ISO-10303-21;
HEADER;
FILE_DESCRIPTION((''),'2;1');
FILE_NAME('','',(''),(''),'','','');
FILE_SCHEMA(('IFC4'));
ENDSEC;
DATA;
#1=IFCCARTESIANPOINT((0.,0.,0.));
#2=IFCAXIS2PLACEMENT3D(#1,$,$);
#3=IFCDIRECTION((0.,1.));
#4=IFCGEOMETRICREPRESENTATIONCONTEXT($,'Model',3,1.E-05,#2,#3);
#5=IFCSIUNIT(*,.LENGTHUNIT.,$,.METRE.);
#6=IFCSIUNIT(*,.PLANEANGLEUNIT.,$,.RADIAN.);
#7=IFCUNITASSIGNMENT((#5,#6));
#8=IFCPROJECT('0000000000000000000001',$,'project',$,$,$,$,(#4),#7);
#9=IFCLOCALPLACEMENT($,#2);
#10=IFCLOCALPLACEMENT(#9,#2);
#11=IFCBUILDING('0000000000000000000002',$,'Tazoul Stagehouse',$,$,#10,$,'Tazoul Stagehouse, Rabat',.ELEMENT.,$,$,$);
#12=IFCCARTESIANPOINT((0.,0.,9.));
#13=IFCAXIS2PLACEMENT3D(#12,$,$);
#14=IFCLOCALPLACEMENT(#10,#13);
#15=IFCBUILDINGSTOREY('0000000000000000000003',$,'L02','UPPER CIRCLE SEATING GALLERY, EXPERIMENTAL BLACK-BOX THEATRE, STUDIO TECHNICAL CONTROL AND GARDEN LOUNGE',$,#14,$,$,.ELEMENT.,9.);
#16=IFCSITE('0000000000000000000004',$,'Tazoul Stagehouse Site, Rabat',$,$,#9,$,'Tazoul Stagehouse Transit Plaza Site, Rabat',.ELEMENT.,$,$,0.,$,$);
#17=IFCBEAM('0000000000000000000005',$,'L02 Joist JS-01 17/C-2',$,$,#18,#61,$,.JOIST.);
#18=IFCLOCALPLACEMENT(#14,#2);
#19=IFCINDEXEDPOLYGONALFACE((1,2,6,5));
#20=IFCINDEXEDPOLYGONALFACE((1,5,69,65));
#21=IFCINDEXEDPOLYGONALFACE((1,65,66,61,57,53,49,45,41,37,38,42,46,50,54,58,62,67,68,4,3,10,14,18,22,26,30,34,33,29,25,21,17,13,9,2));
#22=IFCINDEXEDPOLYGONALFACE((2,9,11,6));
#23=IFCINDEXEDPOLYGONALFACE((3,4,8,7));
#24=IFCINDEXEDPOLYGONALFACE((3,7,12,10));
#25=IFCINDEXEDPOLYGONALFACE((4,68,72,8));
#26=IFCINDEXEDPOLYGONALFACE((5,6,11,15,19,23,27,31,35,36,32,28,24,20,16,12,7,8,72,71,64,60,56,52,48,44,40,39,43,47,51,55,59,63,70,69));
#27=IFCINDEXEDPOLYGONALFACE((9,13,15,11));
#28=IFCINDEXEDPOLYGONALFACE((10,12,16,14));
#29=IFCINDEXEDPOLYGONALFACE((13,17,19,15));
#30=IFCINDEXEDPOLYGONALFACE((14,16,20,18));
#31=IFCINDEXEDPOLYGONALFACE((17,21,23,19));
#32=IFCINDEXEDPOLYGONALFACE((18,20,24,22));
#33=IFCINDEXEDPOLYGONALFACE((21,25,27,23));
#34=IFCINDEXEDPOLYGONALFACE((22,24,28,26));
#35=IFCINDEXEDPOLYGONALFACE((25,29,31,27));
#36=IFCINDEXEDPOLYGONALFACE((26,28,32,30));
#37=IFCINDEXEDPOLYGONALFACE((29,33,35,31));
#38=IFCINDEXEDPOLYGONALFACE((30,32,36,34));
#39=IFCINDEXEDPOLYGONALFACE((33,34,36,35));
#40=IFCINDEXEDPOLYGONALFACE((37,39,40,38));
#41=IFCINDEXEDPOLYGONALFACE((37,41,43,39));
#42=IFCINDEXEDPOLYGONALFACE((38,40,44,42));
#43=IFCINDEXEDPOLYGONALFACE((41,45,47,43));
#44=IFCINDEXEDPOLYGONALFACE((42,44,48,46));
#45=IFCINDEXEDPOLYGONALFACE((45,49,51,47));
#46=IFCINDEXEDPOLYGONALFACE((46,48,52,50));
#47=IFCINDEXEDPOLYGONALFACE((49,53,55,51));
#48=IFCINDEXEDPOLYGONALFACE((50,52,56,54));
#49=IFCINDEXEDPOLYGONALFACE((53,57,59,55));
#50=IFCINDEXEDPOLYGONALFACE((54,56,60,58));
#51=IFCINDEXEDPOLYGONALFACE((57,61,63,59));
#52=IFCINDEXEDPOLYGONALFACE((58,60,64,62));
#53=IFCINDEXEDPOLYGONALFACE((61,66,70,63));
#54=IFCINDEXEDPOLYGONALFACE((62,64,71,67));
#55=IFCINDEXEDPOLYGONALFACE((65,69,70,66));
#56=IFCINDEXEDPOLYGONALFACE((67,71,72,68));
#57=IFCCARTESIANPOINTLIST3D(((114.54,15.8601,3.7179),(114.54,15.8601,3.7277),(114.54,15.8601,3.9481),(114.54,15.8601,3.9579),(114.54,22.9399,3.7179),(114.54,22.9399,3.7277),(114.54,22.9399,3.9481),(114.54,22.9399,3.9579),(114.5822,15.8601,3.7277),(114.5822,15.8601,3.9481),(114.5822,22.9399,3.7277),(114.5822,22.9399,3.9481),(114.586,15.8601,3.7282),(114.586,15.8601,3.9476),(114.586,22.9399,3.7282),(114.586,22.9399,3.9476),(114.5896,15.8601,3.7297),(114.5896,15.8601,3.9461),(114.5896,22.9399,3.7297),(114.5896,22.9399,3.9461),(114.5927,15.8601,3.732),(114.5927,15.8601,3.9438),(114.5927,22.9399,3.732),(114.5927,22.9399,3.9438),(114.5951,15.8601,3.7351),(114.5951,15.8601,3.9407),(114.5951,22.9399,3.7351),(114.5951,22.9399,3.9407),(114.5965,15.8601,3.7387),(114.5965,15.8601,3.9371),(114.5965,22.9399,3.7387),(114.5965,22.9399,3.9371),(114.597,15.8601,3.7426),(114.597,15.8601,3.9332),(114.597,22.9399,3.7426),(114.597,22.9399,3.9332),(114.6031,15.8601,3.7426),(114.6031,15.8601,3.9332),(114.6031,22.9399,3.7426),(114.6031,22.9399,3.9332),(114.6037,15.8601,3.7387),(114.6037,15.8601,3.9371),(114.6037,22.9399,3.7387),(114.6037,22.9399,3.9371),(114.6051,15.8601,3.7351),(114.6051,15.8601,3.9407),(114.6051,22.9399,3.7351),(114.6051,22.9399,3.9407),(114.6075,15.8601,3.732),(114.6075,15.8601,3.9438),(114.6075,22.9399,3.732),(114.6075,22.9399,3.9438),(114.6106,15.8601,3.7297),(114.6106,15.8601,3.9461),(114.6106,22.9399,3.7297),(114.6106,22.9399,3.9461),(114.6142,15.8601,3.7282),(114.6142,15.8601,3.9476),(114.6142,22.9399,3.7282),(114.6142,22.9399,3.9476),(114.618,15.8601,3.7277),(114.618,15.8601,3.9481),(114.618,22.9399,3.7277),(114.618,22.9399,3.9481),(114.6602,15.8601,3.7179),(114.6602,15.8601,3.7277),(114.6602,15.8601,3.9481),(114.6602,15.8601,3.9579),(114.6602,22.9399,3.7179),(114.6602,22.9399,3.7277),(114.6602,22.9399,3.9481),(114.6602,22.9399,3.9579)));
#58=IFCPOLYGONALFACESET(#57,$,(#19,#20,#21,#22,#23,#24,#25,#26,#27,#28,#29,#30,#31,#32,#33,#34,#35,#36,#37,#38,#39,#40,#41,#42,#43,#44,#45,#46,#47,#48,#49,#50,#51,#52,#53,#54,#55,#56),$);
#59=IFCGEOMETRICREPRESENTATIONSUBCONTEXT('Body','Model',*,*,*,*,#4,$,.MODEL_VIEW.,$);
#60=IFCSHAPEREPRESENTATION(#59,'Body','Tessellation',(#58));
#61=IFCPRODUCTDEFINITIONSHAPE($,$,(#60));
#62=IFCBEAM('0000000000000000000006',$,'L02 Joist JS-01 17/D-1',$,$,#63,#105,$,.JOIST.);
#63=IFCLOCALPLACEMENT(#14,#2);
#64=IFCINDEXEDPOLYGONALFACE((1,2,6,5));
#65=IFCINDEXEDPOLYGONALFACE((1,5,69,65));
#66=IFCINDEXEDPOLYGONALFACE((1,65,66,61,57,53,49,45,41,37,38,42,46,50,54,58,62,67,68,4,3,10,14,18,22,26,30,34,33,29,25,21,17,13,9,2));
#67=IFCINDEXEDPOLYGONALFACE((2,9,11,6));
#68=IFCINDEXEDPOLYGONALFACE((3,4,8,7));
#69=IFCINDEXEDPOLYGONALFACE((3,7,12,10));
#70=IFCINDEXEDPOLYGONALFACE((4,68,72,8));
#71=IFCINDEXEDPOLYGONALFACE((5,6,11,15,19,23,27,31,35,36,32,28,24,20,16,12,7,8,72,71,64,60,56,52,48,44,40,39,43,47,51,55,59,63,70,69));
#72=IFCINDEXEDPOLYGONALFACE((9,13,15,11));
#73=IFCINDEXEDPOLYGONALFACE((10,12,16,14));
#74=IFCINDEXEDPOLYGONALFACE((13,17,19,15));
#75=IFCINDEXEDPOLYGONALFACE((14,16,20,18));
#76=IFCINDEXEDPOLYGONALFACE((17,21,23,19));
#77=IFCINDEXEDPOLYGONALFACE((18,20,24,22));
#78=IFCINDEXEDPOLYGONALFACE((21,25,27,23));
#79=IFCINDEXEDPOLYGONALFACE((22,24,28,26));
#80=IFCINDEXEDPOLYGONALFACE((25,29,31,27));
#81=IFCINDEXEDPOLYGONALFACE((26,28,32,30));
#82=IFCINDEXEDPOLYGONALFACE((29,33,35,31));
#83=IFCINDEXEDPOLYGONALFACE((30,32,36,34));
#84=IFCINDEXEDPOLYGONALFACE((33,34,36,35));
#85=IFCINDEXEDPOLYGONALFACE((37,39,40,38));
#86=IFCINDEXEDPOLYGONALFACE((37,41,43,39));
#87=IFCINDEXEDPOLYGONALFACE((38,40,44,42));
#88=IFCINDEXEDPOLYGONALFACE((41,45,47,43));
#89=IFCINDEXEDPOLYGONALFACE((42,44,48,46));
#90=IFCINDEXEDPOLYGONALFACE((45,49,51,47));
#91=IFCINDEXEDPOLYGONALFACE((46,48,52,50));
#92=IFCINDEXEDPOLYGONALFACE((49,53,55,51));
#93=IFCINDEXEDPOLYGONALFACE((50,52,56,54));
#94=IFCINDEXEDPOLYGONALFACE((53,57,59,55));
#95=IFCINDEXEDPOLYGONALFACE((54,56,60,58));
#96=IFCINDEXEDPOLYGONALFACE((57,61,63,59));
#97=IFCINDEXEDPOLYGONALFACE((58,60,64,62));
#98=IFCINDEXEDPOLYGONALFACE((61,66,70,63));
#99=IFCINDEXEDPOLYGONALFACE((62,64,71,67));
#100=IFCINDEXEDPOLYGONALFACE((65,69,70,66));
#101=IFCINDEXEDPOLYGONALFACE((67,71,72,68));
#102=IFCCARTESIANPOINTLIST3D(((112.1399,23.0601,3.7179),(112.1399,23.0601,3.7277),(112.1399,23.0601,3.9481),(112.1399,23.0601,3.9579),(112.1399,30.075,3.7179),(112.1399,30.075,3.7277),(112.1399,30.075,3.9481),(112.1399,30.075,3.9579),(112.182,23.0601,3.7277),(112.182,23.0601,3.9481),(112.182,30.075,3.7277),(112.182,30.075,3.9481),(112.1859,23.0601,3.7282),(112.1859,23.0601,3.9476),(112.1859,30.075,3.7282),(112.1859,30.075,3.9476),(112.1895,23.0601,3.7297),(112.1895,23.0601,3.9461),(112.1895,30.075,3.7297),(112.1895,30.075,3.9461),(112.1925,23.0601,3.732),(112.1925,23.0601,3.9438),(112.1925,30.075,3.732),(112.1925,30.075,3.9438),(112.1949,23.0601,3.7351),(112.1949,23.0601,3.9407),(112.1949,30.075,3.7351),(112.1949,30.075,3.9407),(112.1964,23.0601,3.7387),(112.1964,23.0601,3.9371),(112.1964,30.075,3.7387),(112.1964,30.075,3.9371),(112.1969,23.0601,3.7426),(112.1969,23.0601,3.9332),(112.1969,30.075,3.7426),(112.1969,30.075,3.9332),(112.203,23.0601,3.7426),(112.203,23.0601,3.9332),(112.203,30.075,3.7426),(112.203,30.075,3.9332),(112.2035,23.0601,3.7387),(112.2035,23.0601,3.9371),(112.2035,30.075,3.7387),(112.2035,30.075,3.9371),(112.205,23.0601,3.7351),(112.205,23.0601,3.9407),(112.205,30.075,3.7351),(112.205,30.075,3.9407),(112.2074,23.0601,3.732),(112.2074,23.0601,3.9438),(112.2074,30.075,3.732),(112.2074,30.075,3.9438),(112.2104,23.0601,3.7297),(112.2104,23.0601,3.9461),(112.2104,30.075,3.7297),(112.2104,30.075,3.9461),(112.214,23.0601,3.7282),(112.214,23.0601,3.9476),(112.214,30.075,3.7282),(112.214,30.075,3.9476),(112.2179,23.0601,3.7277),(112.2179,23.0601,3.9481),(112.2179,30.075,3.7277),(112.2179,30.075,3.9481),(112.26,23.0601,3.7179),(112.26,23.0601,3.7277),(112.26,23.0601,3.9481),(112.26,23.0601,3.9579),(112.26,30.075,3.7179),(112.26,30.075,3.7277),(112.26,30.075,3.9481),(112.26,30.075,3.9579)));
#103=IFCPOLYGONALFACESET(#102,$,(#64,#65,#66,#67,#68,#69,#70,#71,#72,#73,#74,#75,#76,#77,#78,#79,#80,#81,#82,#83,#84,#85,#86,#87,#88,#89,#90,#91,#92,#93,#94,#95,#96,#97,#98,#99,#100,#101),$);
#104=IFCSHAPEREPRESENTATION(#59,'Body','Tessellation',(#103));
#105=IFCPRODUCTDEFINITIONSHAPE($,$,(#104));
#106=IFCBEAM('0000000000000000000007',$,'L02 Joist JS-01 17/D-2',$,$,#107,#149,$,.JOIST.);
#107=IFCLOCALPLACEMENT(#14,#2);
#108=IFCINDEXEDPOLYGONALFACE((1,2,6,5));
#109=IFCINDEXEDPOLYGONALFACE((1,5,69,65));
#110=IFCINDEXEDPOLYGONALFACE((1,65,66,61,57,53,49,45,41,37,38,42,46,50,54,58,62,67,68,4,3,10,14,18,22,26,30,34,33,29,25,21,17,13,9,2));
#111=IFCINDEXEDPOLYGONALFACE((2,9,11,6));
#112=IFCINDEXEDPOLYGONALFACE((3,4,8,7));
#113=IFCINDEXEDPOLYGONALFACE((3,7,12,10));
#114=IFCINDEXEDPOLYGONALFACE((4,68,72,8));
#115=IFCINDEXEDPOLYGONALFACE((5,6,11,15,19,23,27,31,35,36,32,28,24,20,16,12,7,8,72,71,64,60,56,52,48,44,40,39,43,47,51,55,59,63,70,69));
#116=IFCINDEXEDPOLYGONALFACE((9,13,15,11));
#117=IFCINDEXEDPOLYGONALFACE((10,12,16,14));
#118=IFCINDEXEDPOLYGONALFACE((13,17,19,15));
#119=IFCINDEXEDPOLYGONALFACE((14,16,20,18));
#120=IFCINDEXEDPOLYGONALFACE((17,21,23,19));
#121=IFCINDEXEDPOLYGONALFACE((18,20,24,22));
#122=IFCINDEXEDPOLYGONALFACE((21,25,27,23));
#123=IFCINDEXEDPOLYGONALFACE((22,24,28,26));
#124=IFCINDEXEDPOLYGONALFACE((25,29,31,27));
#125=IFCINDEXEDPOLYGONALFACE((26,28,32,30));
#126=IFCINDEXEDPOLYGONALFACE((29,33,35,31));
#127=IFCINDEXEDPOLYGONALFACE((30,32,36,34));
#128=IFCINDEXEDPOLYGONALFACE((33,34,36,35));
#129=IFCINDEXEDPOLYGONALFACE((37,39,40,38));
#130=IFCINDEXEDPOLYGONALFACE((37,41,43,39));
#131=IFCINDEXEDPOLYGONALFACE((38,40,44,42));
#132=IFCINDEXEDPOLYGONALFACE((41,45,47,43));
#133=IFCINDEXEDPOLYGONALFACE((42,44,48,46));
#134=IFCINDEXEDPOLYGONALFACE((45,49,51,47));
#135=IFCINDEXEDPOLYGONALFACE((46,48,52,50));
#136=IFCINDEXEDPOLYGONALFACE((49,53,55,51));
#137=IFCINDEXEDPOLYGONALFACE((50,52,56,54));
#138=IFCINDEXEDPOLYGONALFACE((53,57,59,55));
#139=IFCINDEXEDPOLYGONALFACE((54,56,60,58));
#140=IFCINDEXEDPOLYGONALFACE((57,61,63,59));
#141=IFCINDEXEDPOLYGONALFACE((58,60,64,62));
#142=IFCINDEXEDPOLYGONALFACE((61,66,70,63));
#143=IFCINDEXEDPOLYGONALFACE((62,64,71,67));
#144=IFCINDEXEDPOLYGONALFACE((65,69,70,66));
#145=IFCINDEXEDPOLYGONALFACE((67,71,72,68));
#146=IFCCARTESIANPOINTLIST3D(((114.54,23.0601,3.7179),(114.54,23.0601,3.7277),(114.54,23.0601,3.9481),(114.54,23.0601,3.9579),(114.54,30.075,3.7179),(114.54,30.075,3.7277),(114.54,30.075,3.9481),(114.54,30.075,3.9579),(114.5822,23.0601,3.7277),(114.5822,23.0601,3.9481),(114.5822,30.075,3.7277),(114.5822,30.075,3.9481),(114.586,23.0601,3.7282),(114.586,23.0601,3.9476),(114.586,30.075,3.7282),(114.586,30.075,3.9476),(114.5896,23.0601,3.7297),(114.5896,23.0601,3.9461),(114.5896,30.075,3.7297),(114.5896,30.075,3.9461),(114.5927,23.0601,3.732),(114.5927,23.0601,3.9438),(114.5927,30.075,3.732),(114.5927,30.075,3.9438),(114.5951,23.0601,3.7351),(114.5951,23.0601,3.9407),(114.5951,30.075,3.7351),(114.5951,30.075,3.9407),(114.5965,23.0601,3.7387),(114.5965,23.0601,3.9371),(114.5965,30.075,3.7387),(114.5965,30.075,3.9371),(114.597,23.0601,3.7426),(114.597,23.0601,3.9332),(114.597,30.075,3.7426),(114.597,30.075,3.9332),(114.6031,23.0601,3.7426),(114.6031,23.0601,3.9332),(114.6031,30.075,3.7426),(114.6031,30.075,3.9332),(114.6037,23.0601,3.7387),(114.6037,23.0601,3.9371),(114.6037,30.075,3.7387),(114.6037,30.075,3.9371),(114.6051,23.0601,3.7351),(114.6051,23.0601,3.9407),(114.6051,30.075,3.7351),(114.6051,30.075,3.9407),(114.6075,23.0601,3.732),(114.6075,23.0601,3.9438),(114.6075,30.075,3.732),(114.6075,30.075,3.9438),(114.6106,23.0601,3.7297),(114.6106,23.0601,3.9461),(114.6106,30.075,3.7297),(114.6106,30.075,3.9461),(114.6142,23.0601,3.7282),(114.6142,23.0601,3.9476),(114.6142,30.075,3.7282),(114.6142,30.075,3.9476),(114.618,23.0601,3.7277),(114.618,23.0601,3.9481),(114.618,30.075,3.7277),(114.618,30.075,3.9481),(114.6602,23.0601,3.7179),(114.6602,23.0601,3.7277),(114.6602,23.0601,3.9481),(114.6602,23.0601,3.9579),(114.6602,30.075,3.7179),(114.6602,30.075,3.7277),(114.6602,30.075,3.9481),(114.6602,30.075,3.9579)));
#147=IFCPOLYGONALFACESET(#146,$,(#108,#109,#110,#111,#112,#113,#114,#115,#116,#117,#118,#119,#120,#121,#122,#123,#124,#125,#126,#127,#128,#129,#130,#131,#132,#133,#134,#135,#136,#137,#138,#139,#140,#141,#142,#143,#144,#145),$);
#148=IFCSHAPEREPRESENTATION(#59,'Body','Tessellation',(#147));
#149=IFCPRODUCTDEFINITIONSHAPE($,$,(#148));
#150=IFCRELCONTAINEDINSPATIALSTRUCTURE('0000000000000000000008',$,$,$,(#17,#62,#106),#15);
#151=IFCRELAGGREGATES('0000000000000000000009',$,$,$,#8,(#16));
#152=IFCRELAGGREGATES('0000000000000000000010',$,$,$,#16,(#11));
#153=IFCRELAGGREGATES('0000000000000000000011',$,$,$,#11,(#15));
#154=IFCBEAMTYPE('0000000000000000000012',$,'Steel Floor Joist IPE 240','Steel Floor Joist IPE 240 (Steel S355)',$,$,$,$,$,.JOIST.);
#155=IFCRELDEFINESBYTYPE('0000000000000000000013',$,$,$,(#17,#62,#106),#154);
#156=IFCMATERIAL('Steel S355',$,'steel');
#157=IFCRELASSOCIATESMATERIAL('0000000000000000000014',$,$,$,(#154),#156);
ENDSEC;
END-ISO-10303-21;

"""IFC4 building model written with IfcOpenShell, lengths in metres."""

from ifc_helpers import new_model, si_unit, direction, frame, origin, origin_2d, place, context, subcontext, project, spatial, i_section, extrude, material, material_profile, profile_set, type_object, element, save


model = new_model("IFC4")

# Units and contexts
model_context = context("Model", 3, precision=1e-05, world=origin(), true_north=direction((0.0, 1.0)))
body_context = subcontext(model_context, "Body", "Model", "MODEL_VIEW")
ifc_project = project(units=[si_unit("LENGTHUNIT", "METRE"), si_unit("PLANEANGLEUNIT", "RADIAN")], contexts=[model_context])

# Site, building, storey
site_placement = place(None, origin())
site = spatial("IfcSite", under=ifc_project, at=site_placement, Name="Tazoul Stagehouse Site, Rabat", LongName="Tazoul Stagehouse Transit Plaza Site, Rabat", CompositionType="ELEMENT", RefElevation=0.0)
building_placement = place(site_placement, origin())
building = spatial("IfcBuilding", under=site, at=building_placement, Name="Tazoul Stagehouse", LongName="Tazoul Stagehouse, Rabat", CompositionType="ELEMENT")
storey_placement = place(building_placement, frame((0.0, 0.0, 9.0)))
storey = spatial("IfcBuildingStorey", under=building, at=storey_placement, Name="L02", Description="UPPER CIRCLE SEATING GALLERY, EXPERIMENTAL BLACK-BOX THEATRE, STUDIO TECHNICAL CONTROL AND GARDEN LOUNGE", CompositionType="ELEMENT", Elevation=9.0)

# Beams
ifc_material_1 = material(Name="Steel S355", Category="steel")
ifc_material_profile_1 = material_profile(ifc_material_1, i_section(OverallWidth=0.1201, OverallDepth=0.24, WebThickness=0.0061, FlangeThickness=0.0098, FilletRadius=0.0149, at=origin_2d()), Name="IPE 240")
ifc_profile_set_1 = profile_set([ifc_material_profile_1], Name="Steel S355")
beam_type_1 = type_object("IfcBeamType", Name="Steel Floor Joist IPE 240", Description="Steel Floor Joist IPE 240 (Steel S355)", PredefinedType="JOIST", material=ifc_profile_set_1)
for number, where, z_axis, x_axis, name in (
    (1, (114.6001, 15.8601, 3.8379), (0.0, 1.0, 0.0), (-1.0, 0.0, 0.0), "L02 Joist JS-01 17/C-2"),
):
    element("IfcBeam", number, at=place(storey_placement, frame(where, z_axis=z_axis, x_axis=x_axis)), inside=storey, type_object=beam_type_1, Name=name, PredefinedType="JOIST", context=body_context, shape_type="SweptSolid", body=[
        extrude(i_section(OverallWidth=0.1201, OverallDepth=0.24, WebThickness=0.0061, FlangeThickness=0.0098, FilletRadius=0.0149, at=origin_2d()), origin(), (0.0, 0.0, 1.0), 7.0798),
    ])
for number, where, z_axis, x_axis, name in (
    (2, (112.2, 23.0601, 3.8379), (0.0, 1.0, 0.0), (-1.0, 0.0, 0.0), "L02 Joist JS-01 17/D-1"),
    (3, (114.6001, 23.0601, 3.8379), (0.0, 1.0, 0.0), (-1.0, 0.0, 0.0), "L02 Joist JS-01 17/D-2"),
):
    element("IfcBeam", number, at=place(storey_placement, frame(where, z_axis=z_axis, x_axis=x_axis)), inside=storey, type_object=beam_type_1, Name=name, PredefinedType="JOIST", context=body_context, shape_type="SweptSolid", body=[
        extrude(i_section(OverallWidth=0.1201, OverallDepth=0.24, WebThickness=0.0061, FlangeThickness=0.0098, FilletRadius=0.0149, at=origin_2d()), origin(), (0.0, 0.0, 1.0), 7.0149),
    ])

save(model, "model.ifc")
